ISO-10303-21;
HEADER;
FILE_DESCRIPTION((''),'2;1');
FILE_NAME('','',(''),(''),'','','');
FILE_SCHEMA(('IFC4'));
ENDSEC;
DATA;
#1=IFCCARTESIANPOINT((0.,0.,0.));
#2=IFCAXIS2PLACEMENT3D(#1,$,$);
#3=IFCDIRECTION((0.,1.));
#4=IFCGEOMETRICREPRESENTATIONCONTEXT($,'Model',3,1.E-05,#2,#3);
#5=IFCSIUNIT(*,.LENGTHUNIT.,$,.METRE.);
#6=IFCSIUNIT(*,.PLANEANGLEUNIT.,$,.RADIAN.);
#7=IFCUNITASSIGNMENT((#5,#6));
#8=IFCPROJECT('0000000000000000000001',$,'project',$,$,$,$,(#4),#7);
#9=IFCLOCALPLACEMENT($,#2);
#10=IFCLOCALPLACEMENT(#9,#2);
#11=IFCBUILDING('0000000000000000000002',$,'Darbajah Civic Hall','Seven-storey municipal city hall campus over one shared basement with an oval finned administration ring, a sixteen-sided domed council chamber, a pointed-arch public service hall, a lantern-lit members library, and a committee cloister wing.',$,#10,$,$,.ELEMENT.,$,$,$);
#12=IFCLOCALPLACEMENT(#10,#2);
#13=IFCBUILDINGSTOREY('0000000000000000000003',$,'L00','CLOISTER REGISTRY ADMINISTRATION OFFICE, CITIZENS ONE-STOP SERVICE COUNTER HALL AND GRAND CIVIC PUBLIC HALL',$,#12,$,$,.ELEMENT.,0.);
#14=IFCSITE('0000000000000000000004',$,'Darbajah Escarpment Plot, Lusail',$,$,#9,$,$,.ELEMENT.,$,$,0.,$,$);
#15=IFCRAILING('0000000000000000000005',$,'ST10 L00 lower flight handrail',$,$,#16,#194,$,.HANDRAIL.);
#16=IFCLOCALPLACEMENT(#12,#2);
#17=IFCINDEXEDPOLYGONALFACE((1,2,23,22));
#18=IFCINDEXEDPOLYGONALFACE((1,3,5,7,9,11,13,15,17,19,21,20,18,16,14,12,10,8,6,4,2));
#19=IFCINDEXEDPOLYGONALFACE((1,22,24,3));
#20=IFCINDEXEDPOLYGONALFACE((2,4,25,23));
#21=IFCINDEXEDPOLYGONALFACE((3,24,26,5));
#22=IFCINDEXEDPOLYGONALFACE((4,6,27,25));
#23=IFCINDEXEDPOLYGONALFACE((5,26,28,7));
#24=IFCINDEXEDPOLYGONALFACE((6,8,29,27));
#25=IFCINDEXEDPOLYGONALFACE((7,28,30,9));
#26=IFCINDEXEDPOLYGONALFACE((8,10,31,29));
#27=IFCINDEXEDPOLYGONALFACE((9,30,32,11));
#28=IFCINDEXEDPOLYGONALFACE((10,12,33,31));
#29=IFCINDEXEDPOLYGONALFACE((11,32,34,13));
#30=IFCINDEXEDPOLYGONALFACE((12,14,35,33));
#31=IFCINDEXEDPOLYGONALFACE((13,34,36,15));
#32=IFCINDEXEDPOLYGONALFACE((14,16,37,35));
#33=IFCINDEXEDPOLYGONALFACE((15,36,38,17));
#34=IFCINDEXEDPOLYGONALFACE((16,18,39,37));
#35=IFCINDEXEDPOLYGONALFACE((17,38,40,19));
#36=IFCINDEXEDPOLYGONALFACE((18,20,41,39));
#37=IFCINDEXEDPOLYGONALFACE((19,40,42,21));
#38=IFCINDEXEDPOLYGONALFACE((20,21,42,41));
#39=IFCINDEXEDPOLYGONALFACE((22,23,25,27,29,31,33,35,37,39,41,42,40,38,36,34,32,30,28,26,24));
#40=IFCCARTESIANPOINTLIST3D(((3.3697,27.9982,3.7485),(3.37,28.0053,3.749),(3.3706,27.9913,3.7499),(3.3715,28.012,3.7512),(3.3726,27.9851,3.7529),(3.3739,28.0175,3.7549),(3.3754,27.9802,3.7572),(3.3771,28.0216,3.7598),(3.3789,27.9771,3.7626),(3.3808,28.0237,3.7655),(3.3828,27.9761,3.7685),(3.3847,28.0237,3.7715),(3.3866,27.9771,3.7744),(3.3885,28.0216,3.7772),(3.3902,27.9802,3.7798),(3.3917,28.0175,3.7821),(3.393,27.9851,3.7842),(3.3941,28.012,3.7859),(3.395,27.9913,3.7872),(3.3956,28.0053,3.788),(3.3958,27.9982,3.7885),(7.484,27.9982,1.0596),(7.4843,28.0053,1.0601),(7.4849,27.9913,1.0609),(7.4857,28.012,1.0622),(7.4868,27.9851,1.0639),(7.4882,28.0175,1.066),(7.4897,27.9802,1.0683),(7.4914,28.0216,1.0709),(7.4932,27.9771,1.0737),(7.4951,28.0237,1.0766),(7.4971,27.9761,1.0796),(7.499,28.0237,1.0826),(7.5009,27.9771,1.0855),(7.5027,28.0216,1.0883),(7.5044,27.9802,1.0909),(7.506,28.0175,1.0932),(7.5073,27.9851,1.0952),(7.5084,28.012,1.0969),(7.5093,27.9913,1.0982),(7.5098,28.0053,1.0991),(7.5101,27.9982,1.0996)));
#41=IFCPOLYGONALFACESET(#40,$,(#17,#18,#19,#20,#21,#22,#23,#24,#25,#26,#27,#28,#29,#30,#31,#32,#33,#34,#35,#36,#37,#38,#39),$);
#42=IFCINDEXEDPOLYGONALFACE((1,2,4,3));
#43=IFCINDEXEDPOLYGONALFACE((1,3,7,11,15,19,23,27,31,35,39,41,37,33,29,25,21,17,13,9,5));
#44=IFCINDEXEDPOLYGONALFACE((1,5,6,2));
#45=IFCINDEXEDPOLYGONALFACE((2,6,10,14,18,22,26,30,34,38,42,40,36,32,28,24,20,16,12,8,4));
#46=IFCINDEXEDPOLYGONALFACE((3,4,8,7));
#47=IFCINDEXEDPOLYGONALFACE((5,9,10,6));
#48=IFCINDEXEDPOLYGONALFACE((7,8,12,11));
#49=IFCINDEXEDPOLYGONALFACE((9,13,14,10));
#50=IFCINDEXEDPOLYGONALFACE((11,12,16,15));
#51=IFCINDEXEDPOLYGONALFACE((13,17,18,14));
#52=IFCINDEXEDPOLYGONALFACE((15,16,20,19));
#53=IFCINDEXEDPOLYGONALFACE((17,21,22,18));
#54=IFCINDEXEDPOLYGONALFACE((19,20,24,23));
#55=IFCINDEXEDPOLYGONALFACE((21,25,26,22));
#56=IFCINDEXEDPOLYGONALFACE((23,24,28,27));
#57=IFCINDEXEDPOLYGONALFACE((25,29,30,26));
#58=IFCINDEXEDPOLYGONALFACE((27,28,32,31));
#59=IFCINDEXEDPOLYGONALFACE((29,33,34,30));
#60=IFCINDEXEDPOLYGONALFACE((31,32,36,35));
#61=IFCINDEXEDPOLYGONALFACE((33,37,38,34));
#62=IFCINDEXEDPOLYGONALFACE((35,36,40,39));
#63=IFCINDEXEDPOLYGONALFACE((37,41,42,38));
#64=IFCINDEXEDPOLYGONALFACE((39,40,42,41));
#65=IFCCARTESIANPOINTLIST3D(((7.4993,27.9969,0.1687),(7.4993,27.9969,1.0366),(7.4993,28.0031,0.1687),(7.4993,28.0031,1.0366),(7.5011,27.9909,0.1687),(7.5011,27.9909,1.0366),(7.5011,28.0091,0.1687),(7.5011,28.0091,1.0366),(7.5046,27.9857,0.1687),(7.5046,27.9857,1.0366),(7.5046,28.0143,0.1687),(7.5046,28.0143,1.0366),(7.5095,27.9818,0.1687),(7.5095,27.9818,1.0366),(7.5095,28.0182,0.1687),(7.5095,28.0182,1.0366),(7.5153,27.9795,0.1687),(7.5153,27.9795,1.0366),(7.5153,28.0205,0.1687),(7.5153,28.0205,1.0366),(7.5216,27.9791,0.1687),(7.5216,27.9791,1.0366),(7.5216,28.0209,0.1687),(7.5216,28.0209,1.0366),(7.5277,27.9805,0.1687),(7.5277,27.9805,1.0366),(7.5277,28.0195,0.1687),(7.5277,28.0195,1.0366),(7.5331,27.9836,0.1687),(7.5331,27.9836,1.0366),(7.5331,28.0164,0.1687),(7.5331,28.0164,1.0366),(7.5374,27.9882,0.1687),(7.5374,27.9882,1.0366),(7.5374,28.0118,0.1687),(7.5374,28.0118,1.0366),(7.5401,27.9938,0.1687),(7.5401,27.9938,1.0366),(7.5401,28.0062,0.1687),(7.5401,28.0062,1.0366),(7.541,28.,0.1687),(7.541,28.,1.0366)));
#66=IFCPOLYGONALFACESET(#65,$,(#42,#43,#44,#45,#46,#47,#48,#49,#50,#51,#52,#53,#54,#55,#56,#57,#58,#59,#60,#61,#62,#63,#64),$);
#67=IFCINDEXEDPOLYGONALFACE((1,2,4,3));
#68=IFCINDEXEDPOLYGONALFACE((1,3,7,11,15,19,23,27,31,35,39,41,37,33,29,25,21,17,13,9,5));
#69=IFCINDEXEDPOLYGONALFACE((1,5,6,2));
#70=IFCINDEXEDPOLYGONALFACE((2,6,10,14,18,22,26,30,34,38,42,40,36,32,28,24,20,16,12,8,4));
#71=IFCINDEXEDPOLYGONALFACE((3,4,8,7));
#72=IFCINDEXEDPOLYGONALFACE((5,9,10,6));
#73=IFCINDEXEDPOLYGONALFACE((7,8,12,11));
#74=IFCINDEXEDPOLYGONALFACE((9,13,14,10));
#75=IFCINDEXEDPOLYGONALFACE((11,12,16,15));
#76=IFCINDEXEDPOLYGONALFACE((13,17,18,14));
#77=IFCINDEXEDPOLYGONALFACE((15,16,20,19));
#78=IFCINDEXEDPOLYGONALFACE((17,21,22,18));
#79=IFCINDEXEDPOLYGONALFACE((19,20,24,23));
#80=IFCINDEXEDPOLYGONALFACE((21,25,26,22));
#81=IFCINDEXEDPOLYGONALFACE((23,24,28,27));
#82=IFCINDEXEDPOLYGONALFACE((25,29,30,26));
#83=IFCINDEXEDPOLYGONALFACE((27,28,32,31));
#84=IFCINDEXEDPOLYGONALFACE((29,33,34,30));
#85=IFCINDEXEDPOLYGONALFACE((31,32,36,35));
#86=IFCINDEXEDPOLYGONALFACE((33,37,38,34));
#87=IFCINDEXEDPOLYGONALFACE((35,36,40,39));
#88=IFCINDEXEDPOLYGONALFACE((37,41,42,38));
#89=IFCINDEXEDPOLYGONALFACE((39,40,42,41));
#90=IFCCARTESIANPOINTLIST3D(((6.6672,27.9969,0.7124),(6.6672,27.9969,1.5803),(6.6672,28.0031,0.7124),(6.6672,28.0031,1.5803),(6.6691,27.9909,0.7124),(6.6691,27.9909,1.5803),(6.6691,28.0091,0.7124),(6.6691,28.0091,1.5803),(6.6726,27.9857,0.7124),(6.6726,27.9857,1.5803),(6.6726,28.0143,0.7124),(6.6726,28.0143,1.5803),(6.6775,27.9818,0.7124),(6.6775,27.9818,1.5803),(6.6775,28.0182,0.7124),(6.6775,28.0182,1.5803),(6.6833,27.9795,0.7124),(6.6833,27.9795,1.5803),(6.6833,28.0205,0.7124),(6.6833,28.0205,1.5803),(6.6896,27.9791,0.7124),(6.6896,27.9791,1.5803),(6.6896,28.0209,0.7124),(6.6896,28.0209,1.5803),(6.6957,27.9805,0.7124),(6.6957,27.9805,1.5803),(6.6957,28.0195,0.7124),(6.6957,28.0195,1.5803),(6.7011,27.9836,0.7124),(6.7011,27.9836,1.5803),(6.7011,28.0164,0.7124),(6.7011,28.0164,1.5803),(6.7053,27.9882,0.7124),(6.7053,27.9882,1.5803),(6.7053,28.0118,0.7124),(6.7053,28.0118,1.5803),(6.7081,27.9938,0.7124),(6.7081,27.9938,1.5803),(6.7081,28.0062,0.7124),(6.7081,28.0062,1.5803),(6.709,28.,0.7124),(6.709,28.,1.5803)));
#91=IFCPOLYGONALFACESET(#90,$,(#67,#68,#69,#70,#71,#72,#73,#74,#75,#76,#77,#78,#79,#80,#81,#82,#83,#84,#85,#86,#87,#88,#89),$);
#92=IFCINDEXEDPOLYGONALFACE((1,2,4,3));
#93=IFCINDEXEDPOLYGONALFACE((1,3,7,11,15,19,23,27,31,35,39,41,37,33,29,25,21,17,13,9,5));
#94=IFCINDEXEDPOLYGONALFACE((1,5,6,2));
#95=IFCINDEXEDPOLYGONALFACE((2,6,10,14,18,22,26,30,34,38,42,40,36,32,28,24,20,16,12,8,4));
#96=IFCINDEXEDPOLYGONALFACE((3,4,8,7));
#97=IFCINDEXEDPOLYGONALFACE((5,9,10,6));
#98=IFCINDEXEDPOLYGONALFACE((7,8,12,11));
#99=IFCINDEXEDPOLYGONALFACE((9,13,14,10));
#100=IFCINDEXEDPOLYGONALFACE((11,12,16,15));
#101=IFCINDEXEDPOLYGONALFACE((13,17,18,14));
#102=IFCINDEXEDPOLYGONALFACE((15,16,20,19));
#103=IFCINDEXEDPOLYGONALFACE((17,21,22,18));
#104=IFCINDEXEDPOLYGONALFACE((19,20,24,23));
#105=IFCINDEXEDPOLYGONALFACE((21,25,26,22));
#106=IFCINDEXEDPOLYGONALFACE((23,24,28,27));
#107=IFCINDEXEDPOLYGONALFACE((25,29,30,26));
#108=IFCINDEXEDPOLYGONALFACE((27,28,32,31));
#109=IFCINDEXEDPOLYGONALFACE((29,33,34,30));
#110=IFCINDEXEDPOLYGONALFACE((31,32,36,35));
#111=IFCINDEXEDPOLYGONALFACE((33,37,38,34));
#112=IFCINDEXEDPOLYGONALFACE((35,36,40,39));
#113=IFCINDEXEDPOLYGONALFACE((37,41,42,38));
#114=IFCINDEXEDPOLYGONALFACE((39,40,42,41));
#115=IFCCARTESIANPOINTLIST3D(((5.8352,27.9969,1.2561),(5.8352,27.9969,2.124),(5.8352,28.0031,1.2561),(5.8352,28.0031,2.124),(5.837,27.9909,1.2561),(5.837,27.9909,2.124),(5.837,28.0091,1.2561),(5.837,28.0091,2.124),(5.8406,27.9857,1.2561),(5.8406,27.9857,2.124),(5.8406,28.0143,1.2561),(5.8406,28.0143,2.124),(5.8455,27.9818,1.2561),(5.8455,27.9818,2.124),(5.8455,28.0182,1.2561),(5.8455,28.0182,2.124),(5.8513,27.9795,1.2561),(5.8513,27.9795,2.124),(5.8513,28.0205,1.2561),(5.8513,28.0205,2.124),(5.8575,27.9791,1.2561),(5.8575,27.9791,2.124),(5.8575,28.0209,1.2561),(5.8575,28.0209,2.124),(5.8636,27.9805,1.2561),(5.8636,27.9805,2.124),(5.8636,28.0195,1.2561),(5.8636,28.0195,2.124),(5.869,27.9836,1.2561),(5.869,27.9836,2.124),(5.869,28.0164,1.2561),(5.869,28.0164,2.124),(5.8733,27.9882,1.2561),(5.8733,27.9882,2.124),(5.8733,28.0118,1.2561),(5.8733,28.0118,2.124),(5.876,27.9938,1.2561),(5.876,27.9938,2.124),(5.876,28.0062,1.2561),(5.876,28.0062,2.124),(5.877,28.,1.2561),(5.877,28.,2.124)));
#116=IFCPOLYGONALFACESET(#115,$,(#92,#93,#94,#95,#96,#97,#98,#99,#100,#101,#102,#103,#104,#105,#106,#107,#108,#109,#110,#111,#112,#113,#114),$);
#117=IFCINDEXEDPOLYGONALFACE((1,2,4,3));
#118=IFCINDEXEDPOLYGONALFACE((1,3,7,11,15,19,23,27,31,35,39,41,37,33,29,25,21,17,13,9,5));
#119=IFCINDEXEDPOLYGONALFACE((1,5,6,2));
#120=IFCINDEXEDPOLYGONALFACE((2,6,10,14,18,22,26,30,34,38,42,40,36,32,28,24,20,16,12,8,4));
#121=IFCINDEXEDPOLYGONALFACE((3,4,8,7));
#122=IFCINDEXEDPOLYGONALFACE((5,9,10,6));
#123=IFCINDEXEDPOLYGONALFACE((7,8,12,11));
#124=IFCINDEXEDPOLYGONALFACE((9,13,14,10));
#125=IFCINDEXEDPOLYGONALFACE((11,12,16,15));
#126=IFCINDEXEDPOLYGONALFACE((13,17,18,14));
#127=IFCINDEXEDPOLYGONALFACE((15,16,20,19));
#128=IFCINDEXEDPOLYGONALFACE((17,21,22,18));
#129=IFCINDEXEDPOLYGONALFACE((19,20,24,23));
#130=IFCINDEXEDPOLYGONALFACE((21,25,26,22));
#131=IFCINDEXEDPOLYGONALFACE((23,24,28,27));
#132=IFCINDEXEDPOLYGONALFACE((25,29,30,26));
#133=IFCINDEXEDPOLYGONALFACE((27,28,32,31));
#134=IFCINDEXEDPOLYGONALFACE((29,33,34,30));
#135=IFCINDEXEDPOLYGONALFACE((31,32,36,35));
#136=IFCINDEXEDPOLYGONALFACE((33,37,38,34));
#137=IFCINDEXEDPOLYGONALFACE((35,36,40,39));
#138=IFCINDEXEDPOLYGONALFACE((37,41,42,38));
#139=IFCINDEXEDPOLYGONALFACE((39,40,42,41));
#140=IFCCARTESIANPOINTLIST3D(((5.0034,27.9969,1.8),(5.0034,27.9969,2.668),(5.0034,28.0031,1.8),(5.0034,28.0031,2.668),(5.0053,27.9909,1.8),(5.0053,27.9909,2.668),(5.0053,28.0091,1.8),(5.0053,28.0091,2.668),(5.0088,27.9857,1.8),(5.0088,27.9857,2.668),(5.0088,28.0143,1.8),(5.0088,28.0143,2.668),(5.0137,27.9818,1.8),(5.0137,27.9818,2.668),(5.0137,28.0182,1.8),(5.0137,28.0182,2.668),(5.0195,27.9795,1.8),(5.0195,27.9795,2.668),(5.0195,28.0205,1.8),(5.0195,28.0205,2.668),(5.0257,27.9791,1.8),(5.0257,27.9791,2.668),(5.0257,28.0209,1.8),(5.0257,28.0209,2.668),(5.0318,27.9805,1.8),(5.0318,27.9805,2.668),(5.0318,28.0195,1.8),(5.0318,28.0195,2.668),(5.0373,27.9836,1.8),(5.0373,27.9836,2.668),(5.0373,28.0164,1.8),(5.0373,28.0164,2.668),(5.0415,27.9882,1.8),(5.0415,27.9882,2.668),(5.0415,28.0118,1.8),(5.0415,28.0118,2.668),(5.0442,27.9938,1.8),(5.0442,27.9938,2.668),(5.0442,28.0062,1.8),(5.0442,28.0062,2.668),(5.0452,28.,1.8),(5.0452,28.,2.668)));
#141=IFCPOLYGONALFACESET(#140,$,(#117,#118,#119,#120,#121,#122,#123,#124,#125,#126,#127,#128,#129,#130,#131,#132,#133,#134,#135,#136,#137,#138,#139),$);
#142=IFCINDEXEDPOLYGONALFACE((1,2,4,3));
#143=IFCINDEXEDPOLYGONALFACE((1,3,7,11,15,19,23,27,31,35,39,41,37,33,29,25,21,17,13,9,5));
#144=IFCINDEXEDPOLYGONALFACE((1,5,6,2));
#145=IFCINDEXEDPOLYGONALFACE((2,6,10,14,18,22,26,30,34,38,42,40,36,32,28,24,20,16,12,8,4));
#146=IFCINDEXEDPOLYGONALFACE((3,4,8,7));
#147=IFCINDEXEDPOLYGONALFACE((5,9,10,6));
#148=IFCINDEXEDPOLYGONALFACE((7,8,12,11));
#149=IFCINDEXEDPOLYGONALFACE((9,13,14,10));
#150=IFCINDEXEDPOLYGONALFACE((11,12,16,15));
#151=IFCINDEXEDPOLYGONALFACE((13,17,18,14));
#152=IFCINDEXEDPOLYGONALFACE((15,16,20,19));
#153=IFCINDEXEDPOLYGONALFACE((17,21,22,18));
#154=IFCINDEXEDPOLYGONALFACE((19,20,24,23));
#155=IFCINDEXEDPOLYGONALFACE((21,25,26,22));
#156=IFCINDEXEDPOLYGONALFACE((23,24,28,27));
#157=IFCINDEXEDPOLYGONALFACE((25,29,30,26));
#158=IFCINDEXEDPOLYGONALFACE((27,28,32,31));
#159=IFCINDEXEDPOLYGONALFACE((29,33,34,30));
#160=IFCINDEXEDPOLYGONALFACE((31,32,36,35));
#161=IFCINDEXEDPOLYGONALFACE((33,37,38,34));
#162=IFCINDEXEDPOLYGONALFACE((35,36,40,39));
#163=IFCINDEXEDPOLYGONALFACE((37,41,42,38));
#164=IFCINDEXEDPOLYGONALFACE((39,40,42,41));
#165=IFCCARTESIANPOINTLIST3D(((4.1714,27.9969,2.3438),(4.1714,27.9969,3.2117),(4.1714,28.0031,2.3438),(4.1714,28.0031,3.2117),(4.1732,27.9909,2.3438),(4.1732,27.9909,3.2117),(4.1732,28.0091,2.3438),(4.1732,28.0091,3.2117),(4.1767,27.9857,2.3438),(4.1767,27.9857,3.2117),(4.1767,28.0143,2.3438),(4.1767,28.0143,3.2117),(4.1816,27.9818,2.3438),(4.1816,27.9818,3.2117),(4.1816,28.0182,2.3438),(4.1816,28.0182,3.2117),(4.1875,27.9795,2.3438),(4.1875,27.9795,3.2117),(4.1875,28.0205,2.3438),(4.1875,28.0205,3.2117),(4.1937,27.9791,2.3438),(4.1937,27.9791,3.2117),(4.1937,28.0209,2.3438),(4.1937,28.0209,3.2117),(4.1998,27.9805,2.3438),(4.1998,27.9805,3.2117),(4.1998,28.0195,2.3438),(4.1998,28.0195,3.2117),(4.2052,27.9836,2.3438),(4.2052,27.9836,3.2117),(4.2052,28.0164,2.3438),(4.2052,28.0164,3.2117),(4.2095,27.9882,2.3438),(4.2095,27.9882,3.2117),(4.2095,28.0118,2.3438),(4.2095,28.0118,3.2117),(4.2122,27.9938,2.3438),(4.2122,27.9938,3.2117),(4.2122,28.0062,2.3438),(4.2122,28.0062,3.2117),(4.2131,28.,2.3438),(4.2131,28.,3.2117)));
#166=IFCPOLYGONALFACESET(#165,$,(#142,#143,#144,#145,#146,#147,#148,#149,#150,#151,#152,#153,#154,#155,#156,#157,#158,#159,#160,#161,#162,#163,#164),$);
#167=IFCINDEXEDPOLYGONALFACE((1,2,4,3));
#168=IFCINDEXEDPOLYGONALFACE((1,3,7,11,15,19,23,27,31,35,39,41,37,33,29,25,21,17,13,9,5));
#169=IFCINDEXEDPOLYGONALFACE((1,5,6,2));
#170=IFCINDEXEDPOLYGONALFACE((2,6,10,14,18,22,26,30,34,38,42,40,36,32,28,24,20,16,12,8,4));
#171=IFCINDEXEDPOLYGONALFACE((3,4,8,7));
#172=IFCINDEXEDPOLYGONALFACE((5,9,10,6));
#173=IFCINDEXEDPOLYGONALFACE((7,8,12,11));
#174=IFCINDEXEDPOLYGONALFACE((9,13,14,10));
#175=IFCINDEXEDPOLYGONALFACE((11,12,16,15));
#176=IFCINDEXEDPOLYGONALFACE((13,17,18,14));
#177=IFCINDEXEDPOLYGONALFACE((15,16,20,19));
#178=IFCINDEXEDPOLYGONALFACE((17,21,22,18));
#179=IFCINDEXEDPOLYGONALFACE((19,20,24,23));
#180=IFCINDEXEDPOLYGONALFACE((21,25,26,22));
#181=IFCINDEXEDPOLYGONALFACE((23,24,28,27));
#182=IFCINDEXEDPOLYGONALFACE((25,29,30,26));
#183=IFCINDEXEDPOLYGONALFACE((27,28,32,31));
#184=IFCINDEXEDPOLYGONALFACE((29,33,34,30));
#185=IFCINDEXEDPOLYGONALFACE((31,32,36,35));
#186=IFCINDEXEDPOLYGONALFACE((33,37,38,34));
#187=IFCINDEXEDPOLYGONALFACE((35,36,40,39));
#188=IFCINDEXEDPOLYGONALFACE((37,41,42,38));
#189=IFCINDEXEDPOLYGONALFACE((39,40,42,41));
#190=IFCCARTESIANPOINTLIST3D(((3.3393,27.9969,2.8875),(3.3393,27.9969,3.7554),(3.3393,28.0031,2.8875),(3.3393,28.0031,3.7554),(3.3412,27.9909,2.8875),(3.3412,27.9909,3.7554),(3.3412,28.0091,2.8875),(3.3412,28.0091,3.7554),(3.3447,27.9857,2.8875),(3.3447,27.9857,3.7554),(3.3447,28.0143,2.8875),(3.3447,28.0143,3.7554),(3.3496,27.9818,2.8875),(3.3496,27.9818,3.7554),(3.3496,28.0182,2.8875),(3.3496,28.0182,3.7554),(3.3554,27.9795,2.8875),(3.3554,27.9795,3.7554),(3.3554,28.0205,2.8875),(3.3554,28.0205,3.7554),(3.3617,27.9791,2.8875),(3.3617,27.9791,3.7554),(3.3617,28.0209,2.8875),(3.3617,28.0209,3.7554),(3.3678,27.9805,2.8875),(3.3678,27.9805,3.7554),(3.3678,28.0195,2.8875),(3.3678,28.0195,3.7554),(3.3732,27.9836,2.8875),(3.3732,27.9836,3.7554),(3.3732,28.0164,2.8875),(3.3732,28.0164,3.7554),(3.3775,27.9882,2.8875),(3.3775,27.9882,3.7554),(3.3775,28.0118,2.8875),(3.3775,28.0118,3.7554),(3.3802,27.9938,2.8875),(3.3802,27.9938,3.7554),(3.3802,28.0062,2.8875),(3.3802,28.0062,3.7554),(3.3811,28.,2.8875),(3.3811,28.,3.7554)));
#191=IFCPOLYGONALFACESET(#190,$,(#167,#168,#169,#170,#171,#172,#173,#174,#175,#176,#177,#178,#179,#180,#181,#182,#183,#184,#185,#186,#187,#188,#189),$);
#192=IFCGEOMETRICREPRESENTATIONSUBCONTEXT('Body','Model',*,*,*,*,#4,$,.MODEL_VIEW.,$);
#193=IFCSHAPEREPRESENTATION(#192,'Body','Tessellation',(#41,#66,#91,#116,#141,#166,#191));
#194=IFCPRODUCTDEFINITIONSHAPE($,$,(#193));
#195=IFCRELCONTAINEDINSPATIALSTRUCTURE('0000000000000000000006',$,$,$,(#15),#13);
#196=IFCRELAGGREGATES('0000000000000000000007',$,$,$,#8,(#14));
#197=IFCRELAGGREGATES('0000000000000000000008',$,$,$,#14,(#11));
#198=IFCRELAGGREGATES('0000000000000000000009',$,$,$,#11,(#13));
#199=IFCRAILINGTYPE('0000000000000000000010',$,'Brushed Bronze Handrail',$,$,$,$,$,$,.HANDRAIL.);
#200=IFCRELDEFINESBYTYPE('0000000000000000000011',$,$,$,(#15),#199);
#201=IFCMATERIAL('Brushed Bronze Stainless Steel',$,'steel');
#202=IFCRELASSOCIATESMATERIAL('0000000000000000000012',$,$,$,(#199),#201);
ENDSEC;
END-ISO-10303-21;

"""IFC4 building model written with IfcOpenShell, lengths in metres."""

from ifc_helpers import new_model, si_unit, direction, frame, origin, origin_2d, place, context, subcontext, project, spatial, circle, extrude, material, type_object, element, save


model = new_model("IFC4")

# Units and contexts
model_context = context("Model", 3, precision=1e-05, world=origin(), true_north=direction((0.0, 1.0)))
body_context = subcontext(model_context, "Body", "Model", "MODEL_VIEW")
ifc_project = project(units=[si_unit("LENGTHUNIT", "METRE"), si_unit("PLANEANGLEUNIT", "RADIAN")], contexts=[model_context])

# Site, building, storey
site_placement = place(None, origin())
site = spatial("IfcSite", under=ifc_project, at=site_placement, Name="Darbajah Escarpment Plot, Lusail", CompositionType="ELEMENT", RefElevation=0.0)
building_placement = place(site_placement, origin())
building = spatial("IfcBuilding", under=site, at=building_placement, Name="Darbajah Civic Hall", Description="Seven-storey municipal city hall campus over one shared basement with an oval finned administration ring, a sixteen-sided domed council chamber, a pointed-arch public service hall, a lantern-lit members library, and a committee cloister wing.", CompositionType="ELEMENT")
storey_placement = place(building_placement, origin())
storey = spatial("IfcBuildingStorey", under=building, at=storey_placement, Name="L00", Description="CLOISTER REGISTRY ADMINISTRATION OFFICE, CITIZENS ONE-STOP SERVICE COUNTER HALL AND GRAND CIVIC PUBLIC HALL", CompositionType="ELEMENT", Elevation=0.0)

# Railing
ifc_material_1 = material(Name="Brushed Bronze Stainless Steel", Category="steel")
railing_type_1 = type_object("IfcRailingType", Name="Brushed Bronze Handrail", PredefinedType="HANDRAIL", material=ifc_material_1)
railing_1_placement = place(storey_placement, frame((7.52, 28.0, 0.1687)))
element("IfcRailing", 1, at=railing_1_placement, inside=storey, type_object=railing_type_1, Name="ST10 L00 lower flight handrail", PredefinedType="HANDRAIL", context=body_context, shape_type="SweptSolid", body=[
    extrude(circle(Radius=0.0239, at=origin_2d()), frame((-0.0229, 0.0, 0.9109), z_axis=(-0.83708, 0.0, 0.547081), x_axis=(0.0, -1.0, 0.0)), (0.0, 0.0, 1.0), 4.915),
    extrude(circle(Radius=0.021, at=origin_2d()), origin(), (0.0, 0.0, 1.0), 0.8679),
    extrude(circle(Radius=0.021, at=origin_2d()), frame((-0.832, 0.0, 0.5437)), (0.0, 0.0, 1.0), 0.8679),
    extrude(circle(Radius=0.021, at=origin_2d()), frame((-1.6641, 0.0, 1.0874)), (0.0, 0.0, 1.0), 0.8679),
    extrude(circle(Radius=0.021, at=origin_2d()), frame((-2.4958, 0.0, 1.6313)), (0.0, 0.0, 1.0), 0.8679),
    extrude(circle(Radius=0.021, at=origin_2d()), frame((-3.3279, 0.0, 2.175)), (0.0, 0.0, 1.0), 0.8679),
    extrude(circle(Radius=0.021, at=origin_2d()), frame((-4.1599, 0.0, 2.7188)), (0.0, 0.0, 1.0), 0.8679),
])

save(model, "model.ifc")
